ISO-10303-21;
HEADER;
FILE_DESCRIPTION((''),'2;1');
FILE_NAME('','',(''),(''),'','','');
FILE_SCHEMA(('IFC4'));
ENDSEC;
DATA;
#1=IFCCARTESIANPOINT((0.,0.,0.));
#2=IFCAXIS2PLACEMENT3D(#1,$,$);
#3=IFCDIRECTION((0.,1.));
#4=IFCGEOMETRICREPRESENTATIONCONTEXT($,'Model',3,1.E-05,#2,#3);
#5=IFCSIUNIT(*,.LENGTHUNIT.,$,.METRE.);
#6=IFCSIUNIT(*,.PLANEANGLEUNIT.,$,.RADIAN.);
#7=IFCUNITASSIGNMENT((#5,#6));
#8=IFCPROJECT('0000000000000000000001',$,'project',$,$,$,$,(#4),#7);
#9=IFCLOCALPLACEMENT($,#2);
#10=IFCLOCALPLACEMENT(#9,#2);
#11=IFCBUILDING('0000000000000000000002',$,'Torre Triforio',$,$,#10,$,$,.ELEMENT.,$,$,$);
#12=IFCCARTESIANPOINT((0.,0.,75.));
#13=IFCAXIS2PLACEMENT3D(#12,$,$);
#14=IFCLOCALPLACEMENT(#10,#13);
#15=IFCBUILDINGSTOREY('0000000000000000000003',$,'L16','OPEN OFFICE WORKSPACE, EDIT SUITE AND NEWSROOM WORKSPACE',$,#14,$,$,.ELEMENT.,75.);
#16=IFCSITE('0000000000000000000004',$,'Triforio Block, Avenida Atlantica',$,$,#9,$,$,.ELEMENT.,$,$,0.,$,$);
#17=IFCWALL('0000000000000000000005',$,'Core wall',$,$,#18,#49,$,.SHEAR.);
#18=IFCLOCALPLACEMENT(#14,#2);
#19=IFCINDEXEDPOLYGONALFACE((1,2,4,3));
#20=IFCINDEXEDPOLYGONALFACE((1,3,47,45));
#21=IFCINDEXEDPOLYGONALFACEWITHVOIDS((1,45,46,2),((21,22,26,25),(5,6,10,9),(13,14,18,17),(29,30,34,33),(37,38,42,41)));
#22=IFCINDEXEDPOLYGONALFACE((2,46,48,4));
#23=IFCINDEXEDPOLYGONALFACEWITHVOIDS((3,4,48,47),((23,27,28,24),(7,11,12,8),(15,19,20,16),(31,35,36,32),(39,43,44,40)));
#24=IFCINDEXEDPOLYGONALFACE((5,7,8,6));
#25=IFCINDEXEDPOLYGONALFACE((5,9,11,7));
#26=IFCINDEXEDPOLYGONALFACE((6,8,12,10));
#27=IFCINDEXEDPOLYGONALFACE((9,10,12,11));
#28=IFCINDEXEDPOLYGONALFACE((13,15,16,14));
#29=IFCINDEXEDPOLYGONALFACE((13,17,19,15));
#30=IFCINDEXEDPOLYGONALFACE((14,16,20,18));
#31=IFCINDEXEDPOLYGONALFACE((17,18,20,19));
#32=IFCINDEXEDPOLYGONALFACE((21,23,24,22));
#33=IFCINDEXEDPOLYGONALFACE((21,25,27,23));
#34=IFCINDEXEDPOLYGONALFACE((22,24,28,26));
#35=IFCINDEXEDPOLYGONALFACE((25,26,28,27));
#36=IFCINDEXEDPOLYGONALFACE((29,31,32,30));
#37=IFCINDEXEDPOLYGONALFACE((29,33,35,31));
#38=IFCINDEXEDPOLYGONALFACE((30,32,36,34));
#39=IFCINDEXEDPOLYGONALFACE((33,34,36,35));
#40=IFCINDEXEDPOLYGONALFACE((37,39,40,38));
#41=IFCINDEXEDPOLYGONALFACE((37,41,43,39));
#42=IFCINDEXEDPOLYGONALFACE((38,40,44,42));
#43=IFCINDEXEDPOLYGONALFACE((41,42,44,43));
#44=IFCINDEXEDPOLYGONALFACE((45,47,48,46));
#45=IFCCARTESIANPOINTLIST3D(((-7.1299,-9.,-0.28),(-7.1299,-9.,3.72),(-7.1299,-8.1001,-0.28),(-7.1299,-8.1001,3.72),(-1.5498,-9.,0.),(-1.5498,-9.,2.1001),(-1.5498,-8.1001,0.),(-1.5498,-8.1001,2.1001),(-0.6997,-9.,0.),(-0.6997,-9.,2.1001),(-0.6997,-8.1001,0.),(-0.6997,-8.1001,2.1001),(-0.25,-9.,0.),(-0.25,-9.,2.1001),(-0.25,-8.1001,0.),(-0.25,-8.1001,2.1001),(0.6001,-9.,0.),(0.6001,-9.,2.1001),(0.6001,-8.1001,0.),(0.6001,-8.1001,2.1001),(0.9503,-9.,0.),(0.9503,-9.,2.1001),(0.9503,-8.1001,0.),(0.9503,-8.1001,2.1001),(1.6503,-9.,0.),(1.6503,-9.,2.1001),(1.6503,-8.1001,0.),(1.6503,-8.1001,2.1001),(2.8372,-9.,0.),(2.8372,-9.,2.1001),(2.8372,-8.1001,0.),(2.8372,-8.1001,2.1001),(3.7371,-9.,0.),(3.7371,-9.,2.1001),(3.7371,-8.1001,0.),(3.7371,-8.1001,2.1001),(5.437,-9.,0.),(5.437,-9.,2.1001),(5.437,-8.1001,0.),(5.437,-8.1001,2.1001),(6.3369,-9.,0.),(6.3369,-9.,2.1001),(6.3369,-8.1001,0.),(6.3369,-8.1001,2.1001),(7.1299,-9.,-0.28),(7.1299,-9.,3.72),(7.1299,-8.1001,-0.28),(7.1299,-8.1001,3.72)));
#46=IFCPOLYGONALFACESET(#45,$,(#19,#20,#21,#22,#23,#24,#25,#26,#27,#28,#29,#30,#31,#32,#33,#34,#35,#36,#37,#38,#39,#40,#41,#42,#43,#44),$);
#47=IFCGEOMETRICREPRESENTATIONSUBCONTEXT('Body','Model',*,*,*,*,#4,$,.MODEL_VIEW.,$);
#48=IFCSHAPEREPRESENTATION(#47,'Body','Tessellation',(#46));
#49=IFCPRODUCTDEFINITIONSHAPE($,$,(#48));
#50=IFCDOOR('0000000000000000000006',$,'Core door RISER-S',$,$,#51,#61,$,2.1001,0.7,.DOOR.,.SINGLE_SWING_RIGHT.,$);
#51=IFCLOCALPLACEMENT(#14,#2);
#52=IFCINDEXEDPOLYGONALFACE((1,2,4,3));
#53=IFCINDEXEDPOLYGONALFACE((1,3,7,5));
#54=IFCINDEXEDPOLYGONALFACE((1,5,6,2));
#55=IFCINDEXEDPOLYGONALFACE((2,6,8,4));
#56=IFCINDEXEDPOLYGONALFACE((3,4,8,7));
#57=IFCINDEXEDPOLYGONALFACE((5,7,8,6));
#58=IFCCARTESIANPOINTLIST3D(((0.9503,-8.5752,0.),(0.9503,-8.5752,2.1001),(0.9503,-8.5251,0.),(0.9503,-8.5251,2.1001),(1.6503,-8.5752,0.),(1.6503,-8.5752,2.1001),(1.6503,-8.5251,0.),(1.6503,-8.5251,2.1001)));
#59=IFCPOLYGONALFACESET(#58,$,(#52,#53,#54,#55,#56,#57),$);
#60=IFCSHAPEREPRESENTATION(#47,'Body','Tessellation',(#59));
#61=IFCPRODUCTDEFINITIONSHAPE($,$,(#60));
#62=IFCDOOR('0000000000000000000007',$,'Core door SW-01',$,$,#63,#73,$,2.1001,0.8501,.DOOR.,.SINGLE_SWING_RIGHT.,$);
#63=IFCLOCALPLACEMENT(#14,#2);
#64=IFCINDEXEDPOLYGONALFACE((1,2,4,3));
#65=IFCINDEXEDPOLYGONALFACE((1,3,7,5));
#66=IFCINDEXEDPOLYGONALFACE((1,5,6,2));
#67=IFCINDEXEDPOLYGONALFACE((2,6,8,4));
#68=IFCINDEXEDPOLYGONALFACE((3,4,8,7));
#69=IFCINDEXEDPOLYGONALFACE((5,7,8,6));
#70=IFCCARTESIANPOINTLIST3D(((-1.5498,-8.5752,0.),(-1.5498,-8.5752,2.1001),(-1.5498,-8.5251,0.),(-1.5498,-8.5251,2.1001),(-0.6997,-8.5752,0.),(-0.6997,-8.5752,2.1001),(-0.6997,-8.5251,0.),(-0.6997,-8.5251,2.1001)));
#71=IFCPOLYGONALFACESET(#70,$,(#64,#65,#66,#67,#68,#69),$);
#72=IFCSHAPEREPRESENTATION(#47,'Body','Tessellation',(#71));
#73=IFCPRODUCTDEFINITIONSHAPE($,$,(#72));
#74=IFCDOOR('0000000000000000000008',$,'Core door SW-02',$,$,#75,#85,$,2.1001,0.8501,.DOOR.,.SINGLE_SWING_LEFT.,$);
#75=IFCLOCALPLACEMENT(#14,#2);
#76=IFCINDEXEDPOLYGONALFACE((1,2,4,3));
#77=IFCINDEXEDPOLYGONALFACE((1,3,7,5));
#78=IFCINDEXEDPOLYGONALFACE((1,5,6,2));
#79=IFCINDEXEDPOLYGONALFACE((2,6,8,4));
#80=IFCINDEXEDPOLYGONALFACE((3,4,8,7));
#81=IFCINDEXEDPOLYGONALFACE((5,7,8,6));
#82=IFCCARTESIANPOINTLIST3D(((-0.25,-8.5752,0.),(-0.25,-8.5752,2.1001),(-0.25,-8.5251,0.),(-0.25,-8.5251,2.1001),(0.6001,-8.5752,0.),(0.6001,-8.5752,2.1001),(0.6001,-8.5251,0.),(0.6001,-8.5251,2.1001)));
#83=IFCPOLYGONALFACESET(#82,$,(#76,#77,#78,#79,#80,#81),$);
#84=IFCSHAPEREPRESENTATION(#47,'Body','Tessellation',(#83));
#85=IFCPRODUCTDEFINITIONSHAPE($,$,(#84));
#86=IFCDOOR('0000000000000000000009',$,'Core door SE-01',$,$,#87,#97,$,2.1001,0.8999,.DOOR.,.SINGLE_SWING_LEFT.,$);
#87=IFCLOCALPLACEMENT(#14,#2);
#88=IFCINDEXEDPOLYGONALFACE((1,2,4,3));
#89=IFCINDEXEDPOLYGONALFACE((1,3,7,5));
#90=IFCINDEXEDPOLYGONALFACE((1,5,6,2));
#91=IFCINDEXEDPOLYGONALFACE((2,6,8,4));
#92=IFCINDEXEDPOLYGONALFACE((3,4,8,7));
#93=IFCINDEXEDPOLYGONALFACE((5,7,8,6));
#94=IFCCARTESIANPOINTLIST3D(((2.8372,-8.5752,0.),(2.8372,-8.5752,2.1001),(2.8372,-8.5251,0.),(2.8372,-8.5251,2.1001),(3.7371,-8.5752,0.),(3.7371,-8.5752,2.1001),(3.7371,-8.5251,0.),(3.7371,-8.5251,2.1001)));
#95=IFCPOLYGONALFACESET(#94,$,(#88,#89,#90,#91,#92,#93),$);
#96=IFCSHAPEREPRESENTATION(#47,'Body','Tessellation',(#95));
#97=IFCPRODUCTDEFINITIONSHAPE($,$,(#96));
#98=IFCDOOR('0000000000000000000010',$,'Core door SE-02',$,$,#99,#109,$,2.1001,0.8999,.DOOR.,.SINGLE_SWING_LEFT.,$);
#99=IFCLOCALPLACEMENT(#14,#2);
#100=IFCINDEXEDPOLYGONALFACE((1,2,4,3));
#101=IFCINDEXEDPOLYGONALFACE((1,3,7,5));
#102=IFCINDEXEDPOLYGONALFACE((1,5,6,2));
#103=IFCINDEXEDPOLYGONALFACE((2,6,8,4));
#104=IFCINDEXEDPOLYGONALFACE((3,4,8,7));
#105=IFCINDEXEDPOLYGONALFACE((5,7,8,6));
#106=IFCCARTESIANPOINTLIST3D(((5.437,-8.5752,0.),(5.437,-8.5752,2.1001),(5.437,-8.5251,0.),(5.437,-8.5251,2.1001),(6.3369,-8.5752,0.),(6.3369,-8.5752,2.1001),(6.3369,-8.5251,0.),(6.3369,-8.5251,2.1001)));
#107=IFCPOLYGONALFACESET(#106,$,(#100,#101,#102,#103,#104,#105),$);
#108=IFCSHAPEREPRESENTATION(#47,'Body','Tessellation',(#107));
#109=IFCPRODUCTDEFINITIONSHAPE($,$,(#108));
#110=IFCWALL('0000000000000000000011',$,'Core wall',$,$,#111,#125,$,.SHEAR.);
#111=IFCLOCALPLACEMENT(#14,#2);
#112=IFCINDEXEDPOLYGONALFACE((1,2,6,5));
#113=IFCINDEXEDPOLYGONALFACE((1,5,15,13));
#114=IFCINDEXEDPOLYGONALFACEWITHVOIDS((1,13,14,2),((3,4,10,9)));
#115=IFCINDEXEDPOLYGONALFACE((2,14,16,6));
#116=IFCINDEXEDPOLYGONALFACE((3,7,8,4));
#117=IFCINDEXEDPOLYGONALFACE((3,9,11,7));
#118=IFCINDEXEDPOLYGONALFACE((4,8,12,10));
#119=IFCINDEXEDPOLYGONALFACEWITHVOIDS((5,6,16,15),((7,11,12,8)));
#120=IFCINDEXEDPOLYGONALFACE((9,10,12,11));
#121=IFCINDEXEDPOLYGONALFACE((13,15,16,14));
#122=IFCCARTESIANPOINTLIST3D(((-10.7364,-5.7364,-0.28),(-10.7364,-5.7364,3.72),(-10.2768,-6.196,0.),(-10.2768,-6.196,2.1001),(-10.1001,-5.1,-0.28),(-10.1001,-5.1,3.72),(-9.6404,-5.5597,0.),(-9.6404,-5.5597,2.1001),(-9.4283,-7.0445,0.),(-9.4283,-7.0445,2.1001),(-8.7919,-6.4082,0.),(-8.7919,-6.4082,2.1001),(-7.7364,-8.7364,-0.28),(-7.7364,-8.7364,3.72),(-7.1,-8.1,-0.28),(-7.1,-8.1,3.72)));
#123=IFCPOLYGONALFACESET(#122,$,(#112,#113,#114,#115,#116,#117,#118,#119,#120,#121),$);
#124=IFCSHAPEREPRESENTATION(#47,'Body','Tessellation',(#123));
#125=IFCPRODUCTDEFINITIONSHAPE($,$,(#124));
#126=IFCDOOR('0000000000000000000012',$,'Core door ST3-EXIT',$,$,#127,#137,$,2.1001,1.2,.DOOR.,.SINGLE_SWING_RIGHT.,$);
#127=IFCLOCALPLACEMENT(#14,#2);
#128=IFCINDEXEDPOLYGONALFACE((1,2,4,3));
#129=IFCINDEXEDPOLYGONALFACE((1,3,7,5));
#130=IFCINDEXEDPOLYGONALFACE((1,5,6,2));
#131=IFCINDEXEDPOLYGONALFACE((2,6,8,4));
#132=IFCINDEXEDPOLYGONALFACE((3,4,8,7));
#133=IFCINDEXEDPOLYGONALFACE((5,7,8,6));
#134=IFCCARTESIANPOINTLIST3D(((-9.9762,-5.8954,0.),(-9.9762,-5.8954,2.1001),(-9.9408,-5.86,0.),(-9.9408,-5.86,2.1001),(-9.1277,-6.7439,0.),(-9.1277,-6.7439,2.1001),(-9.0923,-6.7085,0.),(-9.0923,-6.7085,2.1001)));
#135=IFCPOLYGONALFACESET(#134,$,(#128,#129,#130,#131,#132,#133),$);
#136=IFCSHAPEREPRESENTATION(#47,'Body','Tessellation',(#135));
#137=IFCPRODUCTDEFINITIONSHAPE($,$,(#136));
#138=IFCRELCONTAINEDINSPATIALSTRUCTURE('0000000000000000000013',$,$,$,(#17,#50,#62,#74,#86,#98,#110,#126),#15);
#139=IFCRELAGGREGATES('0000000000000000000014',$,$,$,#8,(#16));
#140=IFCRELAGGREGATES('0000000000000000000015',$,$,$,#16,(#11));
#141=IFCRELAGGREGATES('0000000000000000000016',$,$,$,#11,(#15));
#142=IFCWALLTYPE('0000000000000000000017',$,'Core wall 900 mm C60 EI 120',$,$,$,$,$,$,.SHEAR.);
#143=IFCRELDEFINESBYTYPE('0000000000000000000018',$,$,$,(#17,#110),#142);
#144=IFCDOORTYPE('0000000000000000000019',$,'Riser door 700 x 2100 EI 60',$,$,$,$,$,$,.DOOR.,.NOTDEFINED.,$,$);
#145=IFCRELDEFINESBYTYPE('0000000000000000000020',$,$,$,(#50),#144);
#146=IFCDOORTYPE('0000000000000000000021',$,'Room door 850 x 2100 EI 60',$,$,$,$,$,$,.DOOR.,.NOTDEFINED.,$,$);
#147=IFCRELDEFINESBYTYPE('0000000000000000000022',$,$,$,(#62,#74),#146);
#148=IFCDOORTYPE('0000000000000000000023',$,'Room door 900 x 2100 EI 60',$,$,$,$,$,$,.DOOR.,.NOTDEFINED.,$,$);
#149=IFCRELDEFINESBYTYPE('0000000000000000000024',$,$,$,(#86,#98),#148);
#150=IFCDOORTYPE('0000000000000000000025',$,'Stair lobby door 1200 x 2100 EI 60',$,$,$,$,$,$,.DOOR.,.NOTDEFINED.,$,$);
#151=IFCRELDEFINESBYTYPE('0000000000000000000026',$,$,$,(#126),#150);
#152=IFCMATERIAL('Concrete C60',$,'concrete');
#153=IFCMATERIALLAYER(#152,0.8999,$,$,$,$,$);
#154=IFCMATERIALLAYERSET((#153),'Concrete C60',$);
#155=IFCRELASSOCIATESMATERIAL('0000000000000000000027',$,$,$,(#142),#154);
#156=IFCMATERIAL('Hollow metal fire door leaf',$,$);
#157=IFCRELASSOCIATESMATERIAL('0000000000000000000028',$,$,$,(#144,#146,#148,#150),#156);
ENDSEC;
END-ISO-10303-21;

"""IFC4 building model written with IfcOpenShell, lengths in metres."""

from ifc_helpers import new_model, si_unit, direction, frame, frame_2d, origin, place, context, subcontext, project, spatial, rectangle, extrude, material, layer, layer_set, type_object, element, fill, save


model = new_model("IFC4")

# Units and contexts
model_context = context("Model", 3, precision=1e-05, world=origin(), true_north=direction((0.0, 1.0)))
body_context = subcontext(model_context, "Body", "Model", "MODEL_VIEW")
ifc_project = project(units=[si_unit("LENGTHUNIT", "METRE"), si_unit("PLANEANGLEUNIT", "RADIAN")], contexts=[model_context])

# Site, building, storey
site_placement = place(None, origin())
site = spatial("IfcSite", under=ifc_project, at=site_placement, Name="Triforio Block, Avenida Atlantica", CompositionType="ELEMENT", RefElevation=0.0)
building_placement = place(site_placement, origin())
building = spatial("IfcBuilding", under=site, at=building_placement, Name="Torre Triforio", CompositionType="ELEMENT")
storey_placement = place(building_placement, frame((0.0, 0.0, 75.0)))
storey = spatial("IfcBuildingStorey", under=building, at=storey_placement, Name="L16", Description="OPEN OFFICE WORKSPACE, EDIT SUITE AND NEWSROOM WORKSPACE", CompositionType="ELEMENT", Elevation=75.0)

# Shared definitions
ifc_material_1 = material(Name="Concrete C60", Category="concrete")

# Wall, openings, doors
ifc_layer_1 = layer(ifc_material_1, 0.8999)
ifc_layer_set_1 = layer_set([ifc_layer_1], Name="Concrete C60")
wall_type_1 = type_object("IfcWallType", Name="Core wall 900 mm C60 EI 120", PredefinedType="SHEAR", material=ifc_layer_set_1)
wall_1_placement = place(storey_placement, frame((-7.1299, -8.55, -0.28), z_axis=(0.0, 0.0, 1.0), x_axis=(1.0, 0.0, 0.0)))
wall_1 = element("IfcWall", 1, at=wall_1_placement, inside=storey, type_object=wall_type_1, Name="Core wall", PredefinedType="SHEAR", context=body_context, shape_type="SweptSolid", body=[
    extrude(rectangle(XDim=14.2598, YDim=0.8999, at=frame_2d((7.1299, 0.0))), origin(), (0.0, 0.0, 1.0), 4.0),
])
opening_1_placement = place(wall_1_placement, frame((8.0801, 0.0, 0.28)))
opening_1 = element("IfcOpeningElement", 2, at=opening_1_placement, cuts=wall_1, PredefinedType="OPENING", context=body_context, shape_type="SweptSolid", body=[
    extrude(rectangle(XDim=0.7, YDim=2.1001, at=frame_2d((0.3501, 1.05))), frame((0.0, 0.46, 0.0), z_axis=(0.0, -1.0, 0.0), x_axis=(1.0, 0.0, 0.0)), (0.0, 0.0, 1.0), 0.9199),
])
opening_2_placement = place(wall_1_placement, frame((5.5801, 0.0, 0.28)))
opening_2 = element("IfcOpeningElement", 3, at=opening_2_placement, cuts=wall_1, PredefinedType="OPENING", context=body_context, shape_type="SweptSolid", body=[
    extrude(rectangle(XDim=0.8501, YDim=2.1001, at=frame_2d((0.425, 1.05))), frame((0.0, 0.46, 0.0), z_axis=(0.0, -1.0, 0.0), x_axis=(1.0, 0.0, 0.0)), (0.0, 0.0, 1.0), 0.9199),
])
opening_3_placement = place(wall_1_placement, frame((6.8799, 0.0, 0.28)))
opening_3 = element("IfcOpeningElement", 4, at=opening_3_placement, cuts=wall_1, PredefinedType="OPENING", context=body_context, shape_type="SweptSolid", body=[
    extrude(rectangle(XDim=0.8501, YDim=2.1001, at=frame_2d((0.425, 1.05))), frame((0.0, 0.46, 0.0), z_axis=(0.0, -1.0, 0.0), x_axis=(1.0, 0.0, 0.0)), (0.0, 0.0, 1.0), 0.9199),
])
opening_4_placement = place(wall_1_placement, frame((9.967, 0.0, 0.28)))
opening_4 = element("IfcOpeningElement", 5, at=opening_4_placement, cuts=wall_1, PredefinedType="OPENING", context=body_context, shape_type="SweptSolid", body=[
    extrude(rectangle(XDim=0.8999, YDim=2.1001, at=frame_2d((0.45, 1.05))), frame((0.0, 0.46, 0.0), z_axis=(0.0, -1.0, 0.0), x_axis=(1.0, 0.0, 0.0)), (0.0, 0.0, 1.0), 0.9199),
])
opening_5_placement = place(wall_1_placement, frame((12.5669, 0.0, 0.28)))
opening_5 = element("IfcOpeningElement", 6, at=opening_5_placement, cuts=wall_1, PredefinedType="OPENING", context=body_context, shape_type="SweptSolid", body=[
    extrude(rectangle(XDim=0.8999, YDim=2.1001, at=frame_2d((0.45, 1.05))), frame((0.0, 0.46, 0.0), z_axis=(0.0, -1.0, 0.0), x_axis=(1.0, 0.0, 0.0)), (0.0, 0.0, 1.0), 0.9199),
])
ifc_material_2 = material(Name="Hollow metal fire door leaf")
door_type_1 = type_object("IfcDoorType", Name="Riser door 700 x 2100 EI 60", OperationType="NOTDEFINED", PredefinedType="DOOR", material=ifc_material_2)
door_1_placement = place(opening_1_placement, origin())
door_1 = element("IfcDoor", 7, at=door_1_placement, inside=storey, type_object=door_type_1, Name="Core door RISER-S", OperationType="SINGLE_SWING_RIGHT", OverallHeight=2.1001, OverallWidth=0.7, PredefinedType="DOOR", context=body_context, shape_type="SweptSolid", body=[
    extrude(rectangle(XDim=0.7, YDim=2.1001, at=frame_2d((0.3501, 1.05))), frame((0.0, 0.0249, 0.0), z_axis=(0.0, -1.0, 0.0), x_axis=(1.0, 0.0, 0.0)), (0.0, 0.0, 1.0), 0.05),
])
fill(opening_1, door_1)
door_type_2 = type_object("IfcDoorType", Name="Room door 850 x 2100 EI 60", OperationType="NOTDEFINED", PredefinedType="DOOR", material=ifc_material_2)
door_2_placement = place(opening_2_placement, origin())
door_2 = element("IfcDoor", 8, at=door_2_placement, inside=storey, type_object=door_type_2, Name="Core door SW-01", OperationType="SINGLE_SWING_RIGHT", OverallHeight=2.1001, OverallWidth=0.8501, PredefinedType="DOOR", context=body_context, shape_type="SweptSolid", body=[
    extrude(rectangle(XDim=0.8501, YDim=2.1001, at=frame_2d((0.425, 1.05))), frame((0.0, 0.0249, 0.0), z_axis=(0.0, -1.0, 0.0), x_axis=(1.0, 0.0, 0.0)), (0.0, 0.0, 1.0), 0.05),
])
fill(opening_2, door_2)
door_3_placement = place(opening_3_placement, origin())
door_3 = element("IfcDoor", 9, at=door_3_placement, inside=storey, type_object=door_type_2, Name="Core door SW-02", OperationType="SINGLE_SWING_LEFT", OverallHeight=2.1001, OverallWidth=0.8501, PredefinedType="DOOR", context=body_context, shape_type="SweptSolid", body=[
    extrude(rectangle(XDim=0.8501, YDim=2.1001, at=frame_2d((0.425, 1.05))), frame((0.0, 0.0249, 0.0), z_axis=(0.0, -1.0, 0.0), x_axis=(1.0, 0.0, 0.0)), (0.0, 0.0, 1.0), 0.05),
])
fill(opening_3, door_3)
door_type_3 = type_object("IfcDoorType", Name="Room door 900 x 2100 EI 60", OperationType="NOTDEFINED", PredefinedType="DOOR", material=ifc_material_2)
door_4_placement = place(opening_4_placement, origin())
door_4 = element("IfcDoor", 10, at=door_4_placement, inside=storey, type_object=door_type_3, Name="Core door SE-01", OperationType="SINGLE_SWING_LEFT", OverallHeight=2.1001, OverallWidth=0.8999, PredefinedType="DOOR", context=body_context, shape_type="SweptSolid", body=[
    extrude(rectangle(XDim=0.8999, YDim=2.1001, at=frame_2d((0.45, 1.05))), frame((0.0, 0.0249, 0.0), z_axis=(0.0, -1.0, 0.0), x_axis=(1.0, 0.0, 0.0)), (0.0, 0.0, 1.0), 0.05),
])
fill(opening_4, door_4)
door_5_placement = place(opening_5_placement, origin())
door_5 = element("IfcDoor", 11, at=door_5_placement, inside=storey, type_object=door_type_3, Name="Core door SE-02", OperationType="SINGLE_SWING_LEFT", OverallHeight=2.1001, OverallWidth=0.8999, PredefinedType="DOOR", context=body_context, shape_type="SweptSolid", body=[
    extrude(rectangle(XDim=0.8999, YDim=2.1001, at=frame_2d((0.45, 1.05))), frame((0.0, 0.0249, 0.0), z_axis=(0.0, -1.0, 0.0), x_axis=(1.0, 0.0, 0.0)), (0.0, 0.0, 1.0), 0.05),
])
fill(opening_5, door_5)

# Wall, opening, door
wall_2_placement = place(storey_placement, frame((-7.4182, -8.4182, -0.28), z_axis=(0.0, 0.0, 1.0), x_axis=(-0.707107, 0.707107, 0.0)))
wall_2 = element("IfcWall", 12, at=wall_2_placement, inside=storey, type_object=wall_type_1, Name="Core wall", PredefinedType="SHEAR", context=body_context, shape_type="SweptSolid", body=[
    extrude(rectangle(XDim=4.2427, YDim=0.8999, at=frame_2d((2.1213, 0.0))), origin(), (0.0, 0.0, 1.0), 4.0),
])
opening_6_placement = place(wall_2_placement, frame((2.3926, 0.0, 0.28)))
opening_6 = element("IfcOpeningElement", 13, at=opening_6_placement, cuts=wall_2, PredefinedType="OPENING", context=body_context, shape_type="SweptSolid", body=[
    extrude(rectangle(XDim=1.2, YDim=2.1001, at=frame_2d((0.6001, 1.05))), frame((0.0, 0.46, 0.0), z_axis=(0.0, -1.0, 0.0), x_axis=(1.0, 0.0, 0.0)), (0.0, 0.0, 1.0), 0.9199),
])
door_type_4 = type_object("IfcDoorType", Name="Stair lobby door 1200 x 2100 EI 60", OperationType="NOTDEFINED", PredefinedType="DOOR", material=ifc_material_2)
door_6_placement = place(opening_6_placement, origin())
door_6 = element("IfcDoor", 14, at=door_6_placement, inside=storey, type_object=door_type_4, Name="Core door ST3-EXIT", OperationType="SINGLE_SWING_RIGHT", OverallHeight=2.1001, OverallWidth=1.2, PredefinedType="DOOR", context=body_context, shape_type="SweptSolid", body=[
    extrude(rectangle(XDim=1.2, YDim=2.1001, at=frame_2d((0.6001, 1.05))), frame((0.0, 0.0249, 0.0), z_axis=(0.0, -1.0, 0.0), x_axis=(1.0, 0.0, 0.0)), (0.0, 0.0, 1.0), 0.05),
])
fill(opening_6, door_6)

save(model, "model.ifc")
